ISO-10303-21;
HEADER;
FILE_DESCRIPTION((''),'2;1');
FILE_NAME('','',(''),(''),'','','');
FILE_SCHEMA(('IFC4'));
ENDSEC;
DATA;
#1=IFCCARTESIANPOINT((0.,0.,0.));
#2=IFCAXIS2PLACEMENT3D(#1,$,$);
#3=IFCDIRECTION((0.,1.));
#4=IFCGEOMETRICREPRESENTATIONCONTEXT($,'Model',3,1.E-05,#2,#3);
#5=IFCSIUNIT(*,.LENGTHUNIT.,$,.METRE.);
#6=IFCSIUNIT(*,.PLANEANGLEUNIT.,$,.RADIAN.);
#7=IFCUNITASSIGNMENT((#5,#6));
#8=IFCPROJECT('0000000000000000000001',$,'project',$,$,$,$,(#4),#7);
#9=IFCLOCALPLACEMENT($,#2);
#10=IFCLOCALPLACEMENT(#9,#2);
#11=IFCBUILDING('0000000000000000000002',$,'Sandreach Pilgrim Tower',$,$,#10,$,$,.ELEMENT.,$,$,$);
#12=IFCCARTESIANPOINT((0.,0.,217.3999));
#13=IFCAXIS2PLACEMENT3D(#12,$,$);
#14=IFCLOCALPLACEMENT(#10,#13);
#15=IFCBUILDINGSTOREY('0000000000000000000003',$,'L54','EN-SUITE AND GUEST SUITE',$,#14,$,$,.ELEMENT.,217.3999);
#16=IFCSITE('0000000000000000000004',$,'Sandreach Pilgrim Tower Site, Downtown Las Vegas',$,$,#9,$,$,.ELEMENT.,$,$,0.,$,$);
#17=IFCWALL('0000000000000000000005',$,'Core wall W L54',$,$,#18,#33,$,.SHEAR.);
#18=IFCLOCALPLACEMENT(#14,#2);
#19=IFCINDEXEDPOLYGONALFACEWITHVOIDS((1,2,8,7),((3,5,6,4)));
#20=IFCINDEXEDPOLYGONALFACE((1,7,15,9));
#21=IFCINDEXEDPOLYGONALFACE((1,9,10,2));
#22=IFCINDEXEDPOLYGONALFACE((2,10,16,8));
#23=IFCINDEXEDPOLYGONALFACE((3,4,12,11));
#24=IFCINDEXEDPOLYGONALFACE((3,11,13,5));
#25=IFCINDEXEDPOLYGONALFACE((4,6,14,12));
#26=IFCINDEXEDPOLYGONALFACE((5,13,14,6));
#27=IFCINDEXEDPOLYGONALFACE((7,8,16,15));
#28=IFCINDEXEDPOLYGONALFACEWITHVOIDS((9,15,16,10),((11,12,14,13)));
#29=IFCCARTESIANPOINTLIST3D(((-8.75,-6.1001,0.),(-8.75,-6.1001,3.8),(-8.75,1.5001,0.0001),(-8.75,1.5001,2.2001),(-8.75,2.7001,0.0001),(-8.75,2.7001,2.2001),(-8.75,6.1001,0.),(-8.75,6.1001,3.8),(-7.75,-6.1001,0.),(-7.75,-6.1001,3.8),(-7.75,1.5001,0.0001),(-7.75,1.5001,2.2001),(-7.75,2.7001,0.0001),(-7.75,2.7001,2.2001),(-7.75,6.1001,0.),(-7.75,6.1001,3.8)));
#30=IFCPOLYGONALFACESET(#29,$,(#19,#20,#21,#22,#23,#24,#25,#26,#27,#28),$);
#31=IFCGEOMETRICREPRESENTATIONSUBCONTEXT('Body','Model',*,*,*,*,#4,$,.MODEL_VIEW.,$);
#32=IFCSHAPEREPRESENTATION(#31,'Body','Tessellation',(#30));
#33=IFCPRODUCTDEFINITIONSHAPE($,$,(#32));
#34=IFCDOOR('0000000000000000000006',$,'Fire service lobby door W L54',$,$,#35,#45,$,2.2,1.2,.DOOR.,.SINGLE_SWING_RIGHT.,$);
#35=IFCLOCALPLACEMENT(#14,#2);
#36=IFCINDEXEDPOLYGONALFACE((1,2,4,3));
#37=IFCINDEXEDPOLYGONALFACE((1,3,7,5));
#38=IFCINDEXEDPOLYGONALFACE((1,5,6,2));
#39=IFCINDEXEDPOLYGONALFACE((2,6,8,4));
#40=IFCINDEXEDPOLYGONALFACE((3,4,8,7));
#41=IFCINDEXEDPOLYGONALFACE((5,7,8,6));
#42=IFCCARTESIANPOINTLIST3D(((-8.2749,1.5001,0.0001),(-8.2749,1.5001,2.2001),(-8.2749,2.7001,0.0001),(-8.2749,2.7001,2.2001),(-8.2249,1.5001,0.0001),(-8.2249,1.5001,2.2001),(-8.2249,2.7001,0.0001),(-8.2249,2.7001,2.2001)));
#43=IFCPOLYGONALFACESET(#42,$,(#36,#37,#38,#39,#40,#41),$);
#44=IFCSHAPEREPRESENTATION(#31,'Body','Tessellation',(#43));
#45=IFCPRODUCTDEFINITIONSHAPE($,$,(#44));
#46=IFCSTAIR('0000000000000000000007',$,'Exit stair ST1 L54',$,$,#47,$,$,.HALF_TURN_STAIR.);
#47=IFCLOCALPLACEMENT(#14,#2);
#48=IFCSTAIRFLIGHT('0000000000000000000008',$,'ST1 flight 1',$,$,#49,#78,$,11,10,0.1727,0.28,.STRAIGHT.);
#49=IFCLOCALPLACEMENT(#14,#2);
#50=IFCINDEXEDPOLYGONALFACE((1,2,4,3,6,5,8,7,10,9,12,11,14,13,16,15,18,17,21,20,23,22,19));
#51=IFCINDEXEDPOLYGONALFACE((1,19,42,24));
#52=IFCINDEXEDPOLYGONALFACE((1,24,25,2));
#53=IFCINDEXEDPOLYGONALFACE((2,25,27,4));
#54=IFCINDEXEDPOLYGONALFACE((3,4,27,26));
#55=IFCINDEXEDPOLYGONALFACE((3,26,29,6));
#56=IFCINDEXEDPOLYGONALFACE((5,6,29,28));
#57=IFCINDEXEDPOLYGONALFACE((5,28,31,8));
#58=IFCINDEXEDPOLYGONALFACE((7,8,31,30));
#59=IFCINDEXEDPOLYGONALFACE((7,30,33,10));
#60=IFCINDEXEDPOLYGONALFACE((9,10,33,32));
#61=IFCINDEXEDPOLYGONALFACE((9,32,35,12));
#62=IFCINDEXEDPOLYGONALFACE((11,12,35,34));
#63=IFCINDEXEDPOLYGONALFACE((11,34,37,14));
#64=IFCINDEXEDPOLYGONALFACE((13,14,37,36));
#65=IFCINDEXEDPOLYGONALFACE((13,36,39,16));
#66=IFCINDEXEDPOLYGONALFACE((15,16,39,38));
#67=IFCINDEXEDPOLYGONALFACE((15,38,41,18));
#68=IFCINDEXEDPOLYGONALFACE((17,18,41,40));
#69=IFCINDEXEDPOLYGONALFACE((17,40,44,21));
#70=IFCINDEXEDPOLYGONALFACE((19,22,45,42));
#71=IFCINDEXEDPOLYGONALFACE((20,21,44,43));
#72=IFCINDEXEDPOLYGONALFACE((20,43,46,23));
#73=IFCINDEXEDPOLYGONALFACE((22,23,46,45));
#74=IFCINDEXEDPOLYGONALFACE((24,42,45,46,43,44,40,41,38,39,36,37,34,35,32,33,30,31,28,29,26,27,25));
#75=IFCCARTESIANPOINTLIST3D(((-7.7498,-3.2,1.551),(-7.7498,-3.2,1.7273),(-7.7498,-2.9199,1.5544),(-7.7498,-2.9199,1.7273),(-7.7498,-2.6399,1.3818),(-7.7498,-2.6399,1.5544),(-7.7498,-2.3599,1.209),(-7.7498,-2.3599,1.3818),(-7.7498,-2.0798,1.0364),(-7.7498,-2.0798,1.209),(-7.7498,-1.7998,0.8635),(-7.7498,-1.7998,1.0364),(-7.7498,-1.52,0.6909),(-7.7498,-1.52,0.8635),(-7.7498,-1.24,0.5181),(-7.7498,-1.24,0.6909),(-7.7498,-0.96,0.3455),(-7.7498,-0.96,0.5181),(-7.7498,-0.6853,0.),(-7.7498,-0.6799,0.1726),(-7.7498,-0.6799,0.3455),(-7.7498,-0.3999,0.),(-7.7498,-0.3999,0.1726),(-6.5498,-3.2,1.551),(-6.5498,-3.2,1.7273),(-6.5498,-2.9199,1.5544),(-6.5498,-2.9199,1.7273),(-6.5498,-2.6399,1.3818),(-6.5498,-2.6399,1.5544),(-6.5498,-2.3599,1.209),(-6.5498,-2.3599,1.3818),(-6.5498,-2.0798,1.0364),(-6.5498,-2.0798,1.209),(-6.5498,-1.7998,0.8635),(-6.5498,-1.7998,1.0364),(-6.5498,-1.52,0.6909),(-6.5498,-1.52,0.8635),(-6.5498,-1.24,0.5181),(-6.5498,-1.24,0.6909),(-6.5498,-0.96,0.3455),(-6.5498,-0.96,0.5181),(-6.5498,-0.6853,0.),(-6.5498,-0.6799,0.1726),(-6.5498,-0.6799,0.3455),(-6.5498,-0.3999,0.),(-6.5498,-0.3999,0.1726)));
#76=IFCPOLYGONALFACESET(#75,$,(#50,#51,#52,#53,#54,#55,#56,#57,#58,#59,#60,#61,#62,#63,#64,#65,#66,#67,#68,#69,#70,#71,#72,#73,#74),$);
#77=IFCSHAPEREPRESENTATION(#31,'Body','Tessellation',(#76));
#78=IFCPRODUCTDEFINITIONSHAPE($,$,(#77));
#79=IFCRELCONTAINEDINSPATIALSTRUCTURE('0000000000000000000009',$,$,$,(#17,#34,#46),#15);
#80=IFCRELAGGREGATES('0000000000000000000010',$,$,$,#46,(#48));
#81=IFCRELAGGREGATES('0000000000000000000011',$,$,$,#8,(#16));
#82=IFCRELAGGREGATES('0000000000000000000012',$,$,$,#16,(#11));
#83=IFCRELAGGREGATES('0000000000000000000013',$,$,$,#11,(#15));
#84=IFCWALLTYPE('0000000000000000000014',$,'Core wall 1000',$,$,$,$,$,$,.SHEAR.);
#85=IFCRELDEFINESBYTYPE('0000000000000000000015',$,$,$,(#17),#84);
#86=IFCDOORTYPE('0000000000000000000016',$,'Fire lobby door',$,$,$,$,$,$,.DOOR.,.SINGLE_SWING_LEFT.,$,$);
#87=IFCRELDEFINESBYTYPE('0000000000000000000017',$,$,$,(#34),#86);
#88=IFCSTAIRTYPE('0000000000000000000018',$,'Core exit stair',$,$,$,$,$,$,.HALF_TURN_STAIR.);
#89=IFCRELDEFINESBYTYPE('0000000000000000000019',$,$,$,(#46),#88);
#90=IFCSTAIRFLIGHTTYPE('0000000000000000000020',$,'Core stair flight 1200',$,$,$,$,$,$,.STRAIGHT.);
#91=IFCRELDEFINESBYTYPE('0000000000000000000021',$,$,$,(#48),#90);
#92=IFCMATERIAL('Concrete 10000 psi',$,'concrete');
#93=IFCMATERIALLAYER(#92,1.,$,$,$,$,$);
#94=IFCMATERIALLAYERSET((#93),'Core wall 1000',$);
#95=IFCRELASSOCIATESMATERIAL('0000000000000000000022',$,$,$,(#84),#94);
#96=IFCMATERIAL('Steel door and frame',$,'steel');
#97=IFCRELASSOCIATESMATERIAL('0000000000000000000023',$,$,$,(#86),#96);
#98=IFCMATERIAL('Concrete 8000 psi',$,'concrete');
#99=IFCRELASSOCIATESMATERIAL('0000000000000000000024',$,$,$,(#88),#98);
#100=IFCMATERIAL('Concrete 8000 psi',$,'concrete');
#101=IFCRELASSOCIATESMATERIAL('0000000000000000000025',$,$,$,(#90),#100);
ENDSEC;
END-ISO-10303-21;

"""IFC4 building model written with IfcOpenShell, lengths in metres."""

from ifc_helpers import new_model, si_unit, direction, frame, frame_2d, origin, place, context, subcontext, project, spatial, polyline, rectangle, outline, extrude, material, layer, layer_set, type_object, element, fill, aggregate, save


model = new_model("IFC4")

# Units and contexts
model_context = context("Model", 3, precision=1e-05, world=origin(), true_north=direction((0.0, 1.0)))
body_context = subcontext(model_context, "Body", "Model", "MODEL_VIEW")
ifc_project = project(units=[si_unit("LENGTHUNIT", "METRE"), si_unit("PLANEANGLEUNIT", "RADIAN")], contexts=[model_context])

# Site, building, storey
site_placement = place(None, origin())
site = spatial("IfcSite", under=ifc_project, at=site_placement, Name="Sandreach Pilgrim Tower Site, Downtown Las Vegas", CompositionType="ELEMENT", RefElevation=0.0)
building_placement = place(site_placement, origin())
building = spatial("IfcBuilding", under=site, at=building_placement, Name="Sandreach Pilgrim Tower", CompositionType="ELEMENT")
storey_placement = place(building_placement, frame((0.0, 0.0, 217.3999)))
storey = spatial("IfcBuildingStorey", under=building, at=storey_placement, Name="L54", Description="EN-SUITE AND GUEST SUITE", CompositionType="ELEMENT", Elevation=217.3999)

# Shared definitions
ifc_material_1 = material(Name="Concrete 10000 psi", Category="concrete")
ifc_layer_1 = layer(ifc_material_1, 1.0)
ifc_layer_set_1 = layer_set([ifc_layer_1], Name="Core wall 1000")
wall_type_1 = type_object("IfcWallType", Name="Core wall 1000", PredefinedType="SHEAR", material=ifc_layer_set_1)

# Wall, opening, door
wall_1_placement = place(storey_placement, frame((-8.25, -6.1001, 0.0), z_axis=(0.0, 0.0, 1.0), x_axis=(0.0, 1.0, 0.0)))
wall_1 = element("IfcWall", 1, at=wall_1_placement, inside=storey, type_object=wall_type_1, Name="Core wall W L54", PredefinedType="SHEAR", context=body_context, shape_type="SweptSolid", body=[
    extrude(rectangle(XDim=12.2002, YDim=1.0, at=frame_2d((6.1001, 0.0))), origin(), (0.0, 0.0, 1.0), 3.8),
])
opening_1_placement = place(wall_1_placement, frame((7.6001, 0.0, 0.0)))
opening_1 = element("IfcOpeningElement", 2, at=opening_1_placement, cuts=wall_1, PredefinedType="OPENING", context=body_context, shape_type="SweptSolid", body=[
    extrude(rectangle(XDim=1.2, YDim=2.2, at=frame_2d((0.6001, 1.1001))), frame((0.0, 0.5, 0.0), z_axis=(0.0, -1.0, 0.0), x_axis=(1.0, 0.0, 0.0)), (0.0, 0.0, 1.0), 1.0),
])
ifc_material_2 = material(Name="Steel door and frame", Category="steel")
door_type_1 = type_object("IfcDoorType", Name="Fire lobby door", OperationType="SINGLE_SWING_LEFT", PredefinedType="DOOR", material=ifc_material_2)
door_1_placement = place(opening_1_placement, origin())
door_1 = element("IfcDoor", 3, at=door_1_placement, inside=storey, type_object=door_type_1, Name="Fire service lobby door W L54", OperationType="SINGLE_SWING_RIGHT", OverallHeight=2.2, OverallWidth=1.2, PredefinedType="DOOR", context=body_context, shape_type="SweptSolid", body=[
    extrude(rectangle(XDim=1.2, YDim=2.2, at=frame_2d((0.6001, 1.1001))), frame((0.0, 0.0249, 0.0), z_axis=(0.0, -1.0, 0.0), x_axis=(1.0, 0.0, 0.0)), (0.0, 0.0, 1.0), 0.05),
])
fill(opening_1, door_1)

# Stair, stair flight
ifc_material_3 = material(Name="Concrete 8000 psi", Category="concrete")
stair_type = type_object("IfcStairType", Name="Core exit stair", PredefinedType="HALF_TURN_STAIR", material=ifc_material_3)
stair_placement = place(storey_placement, origin())
stair = element("IfcStair", 4, at=stair_placement, inside=storey, type_object=stair_type, Name="Exit stair ST1 L54", PredefinedType="HALF_TURN_STAIR")
ifc_material_4 = material(Name="Concrete 8000 psi", Category="concrete")
stair_flight_type = type_object("IfcStairFlightType", Name="Core stair flight 1200", PredefinedType="STRAIGHT", material=ifc_material_4)
stair_flight_placement = place(storey_placement, frame((-7.1499, -0.3999, 0.0), z_axis=(0.0, 0.0, 1.0), x_axis=(0.0, -1.0, 0.0)))
stair_flight = element("IfcStairFlight", 5, at=stair_flight_placement, type_object=stair_flight_type, Name="ST1 flight 1", NumberOfRisers=11, NumberOfTreads=10, PredefinedType="STRAIGHT", RiserHeight=0.1727, TreadLength=0.28, context=body_context, shape_type="SweptSolid", body=[
    extrude(outline(polyline([(0.0, 0.0), (0.0, 0.1726), (0.28, 0.1726), (0.28, 0.3455), (0.5601, 0.3455), (0.5601, 0.5181), (0.8401, 0.5181), (0.8401, 0.6909), (1.1201, 0.6909), (1.1201, 0.8635), (1.3999, 0.8635), (1.3999, 1.0364), (1.6799, 1.0364), (1.6799, 1.209), (1.96, 1.209), (1.96, 1.3818), (2.24, 1.3818), (2.24, 1.5544), (2.52, 1.5544), (2.52, 1.7273), (2.8, 1.7273), (2.8, 1.8999), (2.8, 1.551), (0.2854, 0.0), (0.0, 0.0)])), frame((0.0, 0.6001, 0.0), z_axis=(0.0, -1.0, 0.0), x_axis=(1.0, 0.0, 0.0)), (0.0, 0.0, 1.0), 1.2),
])
aggregate(stair, [stair_flight])

save(model, "model.ifc")
